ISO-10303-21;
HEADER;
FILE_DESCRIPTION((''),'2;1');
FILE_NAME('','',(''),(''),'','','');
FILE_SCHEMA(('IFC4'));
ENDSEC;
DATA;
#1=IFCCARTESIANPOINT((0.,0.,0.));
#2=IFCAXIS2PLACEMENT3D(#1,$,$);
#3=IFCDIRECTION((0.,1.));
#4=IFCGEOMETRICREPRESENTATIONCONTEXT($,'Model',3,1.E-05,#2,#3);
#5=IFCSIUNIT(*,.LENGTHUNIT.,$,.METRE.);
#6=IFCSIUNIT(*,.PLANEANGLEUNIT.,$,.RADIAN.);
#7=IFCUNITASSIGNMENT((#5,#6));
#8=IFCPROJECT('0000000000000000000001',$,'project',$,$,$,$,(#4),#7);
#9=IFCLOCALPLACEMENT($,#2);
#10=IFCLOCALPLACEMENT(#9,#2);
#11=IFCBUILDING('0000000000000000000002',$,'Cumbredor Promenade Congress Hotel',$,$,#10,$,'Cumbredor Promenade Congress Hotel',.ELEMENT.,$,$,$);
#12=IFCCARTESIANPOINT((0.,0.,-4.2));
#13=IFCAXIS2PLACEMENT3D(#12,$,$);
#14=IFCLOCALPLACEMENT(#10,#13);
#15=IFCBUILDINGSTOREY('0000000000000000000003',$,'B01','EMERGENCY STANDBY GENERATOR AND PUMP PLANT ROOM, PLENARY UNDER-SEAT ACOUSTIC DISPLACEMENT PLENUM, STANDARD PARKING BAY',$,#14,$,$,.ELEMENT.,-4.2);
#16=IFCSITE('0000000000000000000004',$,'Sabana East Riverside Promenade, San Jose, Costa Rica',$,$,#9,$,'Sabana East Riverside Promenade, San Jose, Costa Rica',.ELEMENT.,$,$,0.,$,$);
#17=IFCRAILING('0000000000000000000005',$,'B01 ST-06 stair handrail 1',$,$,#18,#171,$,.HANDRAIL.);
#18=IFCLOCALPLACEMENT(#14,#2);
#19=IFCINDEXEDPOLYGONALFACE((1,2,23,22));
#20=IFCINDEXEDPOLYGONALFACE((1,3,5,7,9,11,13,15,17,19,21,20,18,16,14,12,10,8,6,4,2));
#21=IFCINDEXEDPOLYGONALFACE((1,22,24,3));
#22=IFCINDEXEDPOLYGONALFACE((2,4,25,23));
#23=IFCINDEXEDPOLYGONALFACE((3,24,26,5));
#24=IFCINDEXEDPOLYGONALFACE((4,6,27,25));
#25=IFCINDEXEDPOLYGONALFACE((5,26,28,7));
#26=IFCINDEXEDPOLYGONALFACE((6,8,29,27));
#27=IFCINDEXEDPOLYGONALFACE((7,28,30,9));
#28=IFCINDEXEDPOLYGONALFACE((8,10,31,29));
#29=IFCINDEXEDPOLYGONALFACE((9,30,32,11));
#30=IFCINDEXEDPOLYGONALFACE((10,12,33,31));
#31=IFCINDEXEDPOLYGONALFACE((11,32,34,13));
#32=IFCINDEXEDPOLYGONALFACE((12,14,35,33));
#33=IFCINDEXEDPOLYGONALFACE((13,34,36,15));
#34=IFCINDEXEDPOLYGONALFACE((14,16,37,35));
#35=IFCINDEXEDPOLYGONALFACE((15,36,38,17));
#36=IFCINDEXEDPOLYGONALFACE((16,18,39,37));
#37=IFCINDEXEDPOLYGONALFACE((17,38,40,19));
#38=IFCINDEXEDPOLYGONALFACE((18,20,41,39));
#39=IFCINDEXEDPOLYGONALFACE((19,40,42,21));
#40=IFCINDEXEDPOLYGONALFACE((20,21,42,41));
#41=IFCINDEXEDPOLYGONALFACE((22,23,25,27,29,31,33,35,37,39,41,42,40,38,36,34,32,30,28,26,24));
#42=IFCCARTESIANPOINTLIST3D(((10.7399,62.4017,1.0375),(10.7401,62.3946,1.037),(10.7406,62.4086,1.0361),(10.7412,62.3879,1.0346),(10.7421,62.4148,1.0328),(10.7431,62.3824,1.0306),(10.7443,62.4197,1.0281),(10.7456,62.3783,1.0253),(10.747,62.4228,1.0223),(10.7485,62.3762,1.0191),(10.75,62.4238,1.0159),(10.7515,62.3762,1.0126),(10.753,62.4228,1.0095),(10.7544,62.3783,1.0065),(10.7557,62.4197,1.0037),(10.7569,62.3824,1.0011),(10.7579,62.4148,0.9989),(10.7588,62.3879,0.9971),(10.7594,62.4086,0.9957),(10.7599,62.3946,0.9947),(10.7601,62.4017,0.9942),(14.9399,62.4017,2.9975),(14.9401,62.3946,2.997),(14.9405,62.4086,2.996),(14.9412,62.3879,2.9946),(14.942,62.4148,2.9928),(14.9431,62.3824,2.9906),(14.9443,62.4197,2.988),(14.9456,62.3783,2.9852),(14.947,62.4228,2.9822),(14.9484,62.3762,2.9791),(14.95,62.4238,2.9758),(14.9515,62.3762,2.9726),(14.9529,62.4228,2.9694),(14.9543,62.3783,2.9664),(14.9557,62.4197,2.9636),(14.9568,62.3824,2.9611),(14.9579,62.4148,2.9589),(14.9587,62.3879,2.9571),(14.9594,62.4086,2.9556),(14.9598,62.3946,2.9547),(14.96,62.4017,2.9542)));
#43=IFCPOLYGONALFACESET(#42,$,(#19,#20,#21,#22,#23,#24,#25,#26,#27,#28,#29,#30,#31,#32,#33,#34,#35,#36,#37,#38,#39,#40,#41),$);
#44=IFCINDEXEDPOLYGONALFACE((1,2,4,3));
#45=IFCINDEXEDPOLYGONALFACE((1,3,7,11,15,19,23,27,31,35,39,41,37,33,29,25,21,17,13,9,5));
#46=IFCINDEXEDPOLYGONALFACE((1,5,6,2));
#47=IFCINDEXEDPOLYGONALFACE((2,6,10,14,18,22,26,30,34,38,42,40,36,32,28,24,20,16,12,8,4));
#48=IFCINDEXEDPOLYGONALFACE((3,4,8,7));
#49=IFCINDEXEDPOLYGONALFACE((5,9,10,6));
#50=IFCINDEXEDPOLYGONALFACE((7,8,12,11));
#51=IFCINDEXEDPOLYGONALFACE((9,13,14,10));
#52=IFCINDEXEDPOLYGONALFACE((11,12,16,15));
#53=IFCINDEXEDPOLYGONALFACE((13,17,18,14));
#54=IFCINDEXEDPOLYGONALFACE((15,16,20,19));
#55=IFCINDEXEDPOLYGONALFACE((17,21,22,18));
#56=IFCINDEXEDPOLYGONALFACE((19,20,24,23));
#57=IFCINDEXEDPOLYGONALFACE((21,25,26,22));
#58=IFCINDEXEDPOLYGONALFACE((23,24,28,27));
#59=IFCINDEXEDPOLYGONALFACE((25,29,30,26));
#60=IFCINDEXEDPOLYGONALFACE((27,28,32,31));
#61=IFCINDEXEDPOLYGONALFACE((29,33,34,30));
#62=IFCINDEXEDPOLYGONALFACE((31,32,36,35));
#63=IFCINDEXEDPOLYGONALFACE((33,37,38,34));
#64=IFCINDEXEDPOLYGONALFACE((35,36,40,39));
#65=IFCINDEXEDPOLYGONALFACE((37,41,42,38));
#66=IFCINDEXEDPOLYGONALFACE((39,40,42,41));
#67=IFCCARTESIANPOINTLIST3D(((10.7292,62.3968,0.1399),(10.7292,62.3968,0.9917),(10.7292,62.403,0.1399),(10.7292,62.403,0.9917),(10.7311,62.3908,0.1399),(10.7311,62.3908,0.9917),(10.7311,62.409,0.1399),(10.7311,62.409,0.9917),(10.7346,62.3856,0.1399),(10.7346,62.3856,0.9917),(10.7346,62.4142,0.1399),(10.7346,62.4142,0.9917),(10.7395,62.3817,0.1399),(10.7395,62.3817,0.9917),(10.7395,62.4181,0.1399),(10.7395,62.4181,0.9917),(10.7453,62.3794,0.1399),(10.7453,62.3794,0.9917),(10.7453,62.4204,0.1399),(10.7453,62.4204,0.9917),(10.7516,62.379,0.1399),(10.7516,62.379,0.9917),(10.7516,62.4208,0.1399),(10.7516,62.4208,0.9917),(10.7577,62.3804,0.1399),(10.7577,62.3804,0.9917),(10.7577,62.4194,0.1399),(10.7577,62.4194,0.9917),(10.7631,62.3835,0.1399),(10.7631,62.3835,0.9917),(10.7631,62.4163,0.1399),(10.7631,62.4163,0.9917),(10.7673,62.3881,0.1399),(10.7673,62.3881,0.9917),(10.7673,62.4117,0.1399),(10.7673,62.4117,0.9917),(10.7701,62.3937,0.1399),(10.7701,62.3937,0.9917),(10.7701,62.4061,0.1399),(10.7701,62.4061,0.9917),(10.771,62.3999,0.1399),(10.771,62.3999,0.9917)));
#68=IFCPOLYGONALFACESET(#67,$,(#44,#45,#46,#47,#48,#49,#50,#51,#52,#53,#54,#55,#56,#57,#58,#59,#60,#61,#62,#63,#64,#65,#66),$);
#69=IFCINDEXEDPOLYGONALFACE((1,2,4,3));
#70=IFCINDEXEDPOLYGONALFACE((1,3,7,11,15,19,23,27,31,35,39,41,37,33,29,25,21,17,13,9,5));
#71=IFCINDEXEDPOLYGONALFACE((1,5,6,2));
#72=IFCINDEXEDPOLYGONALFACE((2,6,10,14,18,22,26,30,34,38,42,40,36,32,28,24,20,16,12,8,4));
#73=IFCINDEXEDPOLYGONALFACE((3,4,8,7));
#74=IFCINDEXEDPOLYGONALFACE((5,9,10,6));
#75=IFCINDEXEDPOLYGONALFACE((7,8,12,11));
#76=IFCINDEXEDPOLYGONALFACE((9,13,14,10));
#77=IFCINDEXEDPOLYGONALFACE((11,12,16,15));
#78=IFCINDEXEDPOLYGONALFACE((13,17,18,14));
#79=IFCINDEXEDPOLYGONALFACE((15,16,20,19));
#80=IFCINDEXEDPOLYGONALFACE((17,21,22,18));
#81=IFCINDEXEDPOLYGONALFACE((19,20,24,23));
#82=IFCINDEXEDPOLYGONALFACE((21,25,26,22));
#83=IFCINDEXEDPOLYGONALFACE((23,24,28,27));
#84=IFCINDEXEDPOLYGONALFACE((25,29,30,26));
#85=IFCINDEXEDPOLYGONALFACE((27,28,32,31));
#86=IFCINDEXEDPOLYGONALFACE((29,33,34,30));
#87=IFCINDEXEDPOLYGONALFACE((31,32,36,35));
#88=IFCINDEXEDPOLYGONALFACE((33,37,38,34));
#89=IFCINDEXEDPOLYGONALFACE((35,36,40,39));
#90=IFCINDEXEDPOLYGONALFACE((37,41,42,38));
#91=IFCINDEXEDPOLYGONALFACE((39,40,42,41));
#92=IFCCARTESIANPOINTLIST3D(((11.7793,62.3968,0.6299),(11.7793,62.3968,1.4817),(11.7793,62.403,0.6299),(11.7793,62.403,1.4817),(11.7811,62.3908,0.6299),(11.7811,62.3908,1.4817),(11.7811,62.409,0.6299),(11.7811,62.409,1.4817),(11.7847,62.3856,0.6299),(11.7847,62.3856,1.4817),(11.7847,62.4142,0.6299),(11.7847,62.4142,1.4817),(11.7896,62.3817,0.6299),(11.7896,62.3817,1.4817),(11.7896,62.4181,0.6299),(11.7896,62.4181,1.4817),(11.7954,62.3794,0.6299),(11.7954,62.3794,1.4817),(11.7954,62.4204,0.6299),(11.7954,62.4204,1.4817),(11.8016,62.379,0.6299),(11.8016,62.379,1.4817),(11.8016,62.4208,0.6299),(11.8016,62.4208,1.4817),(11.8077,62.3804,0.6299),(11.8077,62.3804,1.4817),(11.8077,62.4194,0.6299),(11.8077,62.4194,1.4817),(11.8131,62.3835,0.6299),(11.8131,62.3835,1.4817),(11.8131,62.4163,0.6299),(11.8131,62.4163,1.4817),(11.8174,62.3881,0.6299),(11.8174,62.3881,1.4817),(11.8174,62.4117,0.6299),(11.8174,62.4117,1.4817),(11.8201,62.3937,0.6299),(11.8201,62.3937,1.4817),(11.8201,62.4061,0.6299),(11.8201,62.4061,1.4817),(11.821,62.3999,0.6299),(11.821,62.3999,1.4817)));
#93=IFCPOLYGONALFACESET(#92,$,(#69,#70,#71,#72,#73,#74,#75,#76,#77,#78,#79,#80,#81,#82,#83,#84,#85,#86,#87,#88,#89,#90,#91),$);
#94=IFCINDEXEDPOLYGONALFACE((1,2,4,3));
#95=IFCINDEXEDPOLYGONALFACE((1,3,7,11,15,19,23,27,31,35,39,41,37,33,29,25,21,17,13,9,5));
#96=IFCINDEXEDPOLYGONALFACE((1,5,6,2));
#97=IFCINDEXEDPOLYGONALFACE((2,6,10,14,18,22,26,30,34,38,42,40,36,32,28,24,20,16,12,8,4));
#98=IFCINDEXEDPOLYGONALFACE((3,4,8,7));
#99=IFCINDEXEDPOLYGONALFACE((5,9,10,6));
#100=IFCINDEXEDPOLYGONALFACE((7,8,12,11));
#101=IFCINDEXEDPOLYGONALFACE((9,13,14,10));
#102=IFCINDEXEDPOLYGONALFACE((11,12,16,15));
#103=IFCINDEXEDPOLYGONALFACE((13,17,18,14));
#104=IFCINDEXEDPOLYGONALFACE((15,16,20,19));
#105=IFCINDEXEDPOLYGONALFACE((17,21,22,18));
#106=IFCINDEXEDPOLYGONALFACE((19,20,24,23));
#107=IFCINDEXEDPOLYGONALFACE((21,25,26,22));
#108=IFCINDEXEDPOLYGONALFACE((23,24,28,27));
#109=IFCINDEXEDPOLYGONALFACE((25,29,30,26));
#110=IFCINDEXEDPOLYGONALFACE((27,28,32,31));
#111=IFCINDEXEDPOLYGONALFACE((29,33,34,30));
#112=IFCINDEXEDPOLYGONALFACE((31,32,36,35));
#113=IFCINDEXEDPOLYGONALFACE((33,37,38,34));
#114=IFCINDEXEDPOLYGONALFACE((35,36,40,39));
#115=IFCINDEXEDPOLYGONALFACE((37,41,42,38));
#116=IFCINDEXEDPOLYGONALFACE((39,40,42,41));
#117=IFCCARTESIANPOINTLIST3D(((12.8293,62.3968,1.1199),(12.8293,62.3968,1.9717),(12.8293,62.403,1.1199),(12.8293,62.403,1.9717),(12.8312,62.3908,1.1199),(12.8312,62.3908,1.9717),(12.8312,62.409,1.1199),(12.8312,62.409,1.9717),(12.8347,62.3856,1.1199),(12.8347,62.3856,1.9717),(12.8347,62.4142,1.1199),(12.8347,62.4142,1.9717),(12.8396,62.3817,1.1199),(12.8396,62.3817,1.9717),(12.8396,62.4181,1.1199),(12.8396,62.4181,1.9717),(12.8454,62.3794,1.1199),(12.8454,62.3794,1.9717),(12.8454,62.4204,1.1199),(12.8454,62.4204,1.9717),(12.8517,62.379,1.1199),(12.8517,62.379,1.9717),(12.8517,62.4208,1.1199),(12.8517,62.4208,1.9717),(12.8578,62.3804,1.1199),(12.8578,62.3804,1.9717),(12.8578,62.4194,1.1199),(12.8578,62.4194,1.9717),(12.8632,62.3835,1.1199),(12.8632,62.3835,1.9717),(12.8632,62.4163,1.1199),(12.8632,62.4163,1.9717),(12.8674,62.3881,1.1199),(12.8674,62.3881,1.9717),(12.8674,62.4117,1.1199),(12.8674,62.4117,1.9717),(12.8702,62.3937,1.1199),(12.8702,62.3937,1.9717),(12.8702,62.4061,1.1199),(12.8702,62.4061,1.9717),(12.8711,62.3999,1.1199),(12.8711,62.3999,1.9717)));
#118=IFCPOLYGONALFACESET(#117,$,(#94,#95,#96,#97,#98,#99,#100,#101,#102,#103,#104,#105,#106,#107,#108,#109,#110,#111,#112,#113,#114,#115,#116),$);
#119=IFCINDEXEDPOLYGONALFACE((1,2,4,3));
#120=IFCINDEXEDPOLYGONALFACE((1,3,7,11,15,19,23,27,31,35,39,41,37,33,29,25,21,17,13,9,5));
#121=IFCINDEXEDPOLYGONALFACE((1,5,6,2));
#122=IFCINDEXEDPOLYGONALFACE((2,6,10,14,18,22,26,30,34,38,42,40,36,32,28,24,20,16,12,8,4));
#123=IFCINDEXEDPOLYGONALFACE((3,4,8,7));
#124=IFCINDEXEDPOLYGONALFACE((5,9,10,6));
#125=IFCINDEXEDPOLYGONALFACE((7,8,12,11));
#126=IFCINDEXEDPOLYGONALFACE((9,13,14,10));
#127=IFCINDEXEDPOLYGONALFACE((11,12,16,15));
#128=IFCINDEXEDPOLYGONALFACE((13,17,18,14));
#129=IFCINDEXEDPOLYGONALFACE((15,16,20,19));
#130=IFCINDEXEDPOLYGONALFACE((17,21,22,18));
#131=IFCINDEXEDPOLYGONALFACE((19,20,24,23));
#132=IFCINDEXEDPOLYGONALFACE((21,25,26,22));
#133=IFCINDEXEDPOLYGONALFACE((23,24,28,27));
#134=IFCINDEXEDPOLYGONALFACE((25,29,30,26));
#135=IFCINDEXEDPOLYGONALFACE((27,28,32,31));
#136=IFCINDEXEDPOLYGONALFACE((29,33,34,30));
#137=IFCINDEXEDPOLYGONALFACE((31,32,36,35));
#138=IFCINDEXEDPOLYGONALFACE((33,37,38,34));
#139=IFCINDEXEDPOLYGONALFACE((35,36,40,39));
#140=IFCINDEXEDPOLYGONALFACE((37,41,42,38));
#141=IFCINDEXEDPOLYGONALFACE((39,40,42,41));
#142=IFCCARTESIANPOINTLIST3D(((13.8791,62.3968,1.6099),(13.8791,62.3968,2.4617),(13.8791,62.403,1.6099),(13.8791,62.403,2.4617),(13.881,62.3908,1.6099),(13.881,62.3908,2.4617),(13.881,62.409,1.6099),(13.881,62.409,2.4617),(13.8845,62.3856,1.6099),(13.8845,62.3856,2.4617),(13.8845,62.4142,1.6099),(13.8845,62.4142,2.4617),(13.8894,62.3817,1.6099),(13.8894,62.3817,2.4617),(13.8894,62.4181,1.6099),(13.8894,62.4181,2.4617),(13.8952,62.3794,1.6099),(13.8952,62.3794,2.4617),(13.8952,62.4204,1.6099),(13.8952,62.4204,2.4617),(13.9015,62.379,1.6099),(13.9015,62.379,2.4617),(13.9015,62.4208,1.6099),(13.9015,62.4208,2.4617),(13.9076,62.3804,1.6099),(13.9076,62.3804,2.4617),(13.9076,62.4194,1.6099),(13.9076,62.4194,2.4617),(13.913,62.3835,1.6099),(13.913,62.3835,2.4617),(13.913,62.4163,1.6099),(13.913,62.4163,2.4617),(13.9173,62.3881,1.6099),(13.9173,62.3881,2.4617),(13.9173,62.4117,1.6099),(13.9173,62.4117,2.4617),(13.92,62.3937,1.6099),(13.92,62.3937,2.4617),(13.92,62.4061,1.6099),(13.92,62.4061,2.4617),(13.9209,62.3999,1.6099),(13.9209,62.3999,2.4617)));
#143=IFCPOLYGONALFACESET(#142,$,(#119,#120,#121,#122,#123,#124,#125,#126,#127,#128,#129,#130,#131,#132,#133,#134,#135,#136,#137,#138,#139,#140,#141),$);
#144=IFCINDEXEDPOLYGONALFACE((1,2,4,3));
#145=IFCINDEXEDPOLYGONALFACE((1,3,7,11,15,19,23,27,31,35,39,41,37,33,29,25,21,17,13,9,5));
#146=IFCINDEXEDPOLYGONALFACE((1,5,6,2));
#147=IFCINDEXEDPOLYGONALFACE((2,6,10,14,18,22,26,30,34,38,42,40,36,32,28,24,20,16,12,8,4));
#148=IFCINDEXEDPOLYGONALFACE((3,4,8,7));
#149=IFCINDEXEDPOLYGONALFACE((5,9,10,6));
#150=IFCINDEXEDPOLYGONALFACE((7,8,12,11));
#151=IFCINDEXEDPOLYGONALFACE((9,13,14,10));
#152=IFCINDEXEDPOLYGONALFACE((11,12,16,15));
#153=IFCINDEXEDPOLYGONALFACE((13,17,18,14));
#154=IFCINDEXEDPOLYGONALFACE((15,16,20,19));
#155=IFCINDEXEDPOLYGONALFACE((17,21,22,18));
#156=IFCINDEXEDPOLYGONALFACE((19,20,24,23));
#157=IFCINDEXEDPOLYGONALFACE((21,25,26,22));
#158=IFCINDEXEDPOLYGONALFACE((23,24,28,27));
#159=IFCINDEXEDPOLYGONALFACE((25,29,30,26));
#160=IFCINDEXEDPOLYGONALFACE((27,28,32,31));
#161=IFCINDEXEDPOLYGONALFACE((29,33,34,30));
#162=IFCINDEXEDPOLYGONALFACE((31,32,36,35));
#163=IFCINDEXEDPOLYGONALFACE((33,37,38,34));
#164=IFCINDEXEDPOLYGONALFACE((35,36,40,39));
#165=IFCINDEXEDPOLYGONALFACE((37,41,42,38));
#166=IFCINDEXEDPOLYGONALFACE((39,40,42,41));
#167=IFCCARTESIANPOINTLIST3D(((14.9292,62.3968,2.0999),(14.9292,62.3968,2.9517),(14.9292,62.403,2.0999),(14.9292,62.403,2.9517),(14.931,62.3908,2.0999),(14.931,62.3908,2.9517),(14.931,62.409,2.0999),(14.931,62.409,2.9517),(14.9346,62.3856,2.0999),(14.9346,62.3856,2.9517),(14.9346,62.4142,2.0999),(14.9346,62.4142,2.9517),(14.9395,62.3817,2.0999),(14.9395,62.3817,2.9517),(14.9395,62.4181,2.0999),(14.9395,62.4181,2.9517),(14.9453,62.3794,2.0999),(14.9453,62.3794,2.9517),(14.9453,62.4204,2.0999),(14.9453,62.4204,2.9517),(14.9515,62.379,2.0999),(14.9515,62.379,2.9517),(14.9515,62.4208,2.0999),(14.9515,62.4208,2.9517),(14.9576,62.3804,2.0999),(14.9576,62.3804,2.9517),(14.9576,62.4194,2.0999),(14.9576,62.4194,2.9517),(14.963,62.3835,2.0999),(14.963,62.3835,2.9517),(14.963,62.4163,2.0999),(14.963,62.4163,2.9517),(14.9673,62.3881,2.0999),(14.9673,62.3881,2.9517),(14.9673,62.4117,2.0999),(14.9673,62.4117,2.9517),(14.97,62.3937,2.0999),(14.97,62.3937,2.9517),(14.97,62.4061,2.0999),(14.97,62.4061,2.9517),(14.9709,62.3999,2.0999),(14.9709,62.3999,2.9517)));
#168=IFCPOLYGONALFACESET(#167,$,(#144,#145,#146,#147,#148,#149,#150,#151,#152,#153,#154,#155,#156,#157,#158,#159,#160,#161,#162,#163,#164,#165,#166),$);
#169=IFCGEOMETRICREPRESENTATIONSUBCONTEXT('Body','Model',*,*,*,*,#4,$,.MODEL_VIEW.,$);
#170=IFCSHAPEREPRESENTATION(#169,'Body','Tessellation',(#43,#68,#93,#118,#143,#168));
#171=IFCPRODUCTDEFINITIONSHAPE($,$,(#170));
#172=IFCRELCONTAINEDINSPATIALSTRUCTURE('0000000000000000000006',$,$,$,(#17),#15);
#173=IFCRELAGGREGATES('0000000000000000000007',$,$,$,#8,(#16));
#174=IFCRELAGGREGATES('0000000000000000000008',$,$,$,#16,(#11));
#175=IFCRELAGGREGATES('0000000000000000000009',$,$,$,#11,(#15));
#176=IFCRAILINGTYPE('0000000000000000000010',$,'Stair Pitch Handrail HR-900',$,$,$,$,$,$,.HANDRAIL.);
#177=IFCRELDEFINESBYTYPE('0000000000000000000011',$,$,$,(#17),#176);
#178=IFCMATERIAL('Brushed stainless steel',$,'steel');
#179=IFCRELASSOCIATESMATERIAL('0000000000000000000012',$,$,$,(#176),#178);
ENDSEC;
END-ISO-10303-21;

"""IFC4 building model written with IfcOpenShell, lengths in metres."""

from ifc_helpers import new_model, si_unit, direction, frame, origin, origin_2d, place, context, subcontext, project, spatial, circle, extrude, material, type_object, element, save


model = new_model("IFC4")

# Units and contexts
model_context = context("Model", 3, precision=1e-05, world=origin(), true_north=direction((0.0, 1.0)))
body_context = subcontext(model_context, "Body", "Model", "MODEL_VIEW")
ifc_project = project(units=[si_unit("LENGTHUNIT", "METRE"), si_unit("PLANEANGLEUNIT", "RADIAN")], contexts=[model_context])

# Site, building, storey
site_placement = place(None, origin())
site = spatial("IfcSite", under=ifc_project, at=site_placement, Name="Sabana East Riverside Promenade, San Jose, Costa Rica", LongName="Sabana East Riverside Promenade, San Jose, Costa Rica", CompositionType="ELEMENT", RefElevation=0.0)
building_placement = place(site_placement, origin())
building = spatial("IfcBuilding", under=site, at=building_placement, Name="Cumbredor Promenade Congress Hotel", LongName="Cumbredor Promenade Congress Hotel", CompositionType="ELEMENT")
storey_placement = place(building_placement, frame((0.0, 0.0, -4.2)))
storey = spatial("IfcBuildingStorey", under=building, at=storey_placement, Name="B01", Description="EMERGENCY STANDBY GENERATOR AND PUMP PLANT ROOM, PLENARY UNDER-SEAT ACOUSTIC DISPLACEMENT PLENUM, STANDARD PARKING BAY", CompositionType="ELEMENT", Elevation=-4.2)

# Railing
ifc_material_1 = material(Name="Brushed stainless steel", Category="steel")
railing_type_1 = type_object("IfcRailingType", Name="Stair Pitch Handrail HR-900", PredefinedType="HANDRAIL", material=ifc_material_1)
railing_1_placement = place(storey_placement, frame((10.75, 62.3999, 0.1399)))
element("IfcRailing", 1, at=railing_1_placement, inside=storey, type_object=railing_type_1, Name="B01 ST-06 stair handrail 1", PredefinedType="HANDRAIL", context=body_context, shape_type="SweptSolid", body=[
    extrude(circle(Radius=0.0239, at=origin_2d()), frame((0.0, 0.0, 0.876), z_axis=(0.906184, 0.0, 0.422883), x_axis=(0.0, 1.0, 0.0)), (0.0, 0.0, 1.0), 4.6348),
    extrude(circle(Radius=0.021, at=origin_2d()), origin(), (0.0, 0.0, 1.0), 0.8518),
    extrude(circle(Radius=0.021, at=origin_2d()), frame((1.05, 0.0, 0.49)), (0.0, 0.0, 1.0), 0.8518),
    extrude(circle(Radius=0.021, at=origin_2d()), frame((2.1001, 0.0, 0.98)), (0.0, 0.0, 1.0), 0.8518),
    extrude(circle(Radius=0.021, at=origin_2d()), frame((3.1499, 0.0, 1.47)), (0.0, 0.0, 1.0), 0.8518),
    extrude(circle(Radius=0.021, at=origin_2d()), frame((4.2, 0.0, 1.96)), (0.0, 0.0, 1.0), 0.8518),
])

save(model, "model.ifc")
